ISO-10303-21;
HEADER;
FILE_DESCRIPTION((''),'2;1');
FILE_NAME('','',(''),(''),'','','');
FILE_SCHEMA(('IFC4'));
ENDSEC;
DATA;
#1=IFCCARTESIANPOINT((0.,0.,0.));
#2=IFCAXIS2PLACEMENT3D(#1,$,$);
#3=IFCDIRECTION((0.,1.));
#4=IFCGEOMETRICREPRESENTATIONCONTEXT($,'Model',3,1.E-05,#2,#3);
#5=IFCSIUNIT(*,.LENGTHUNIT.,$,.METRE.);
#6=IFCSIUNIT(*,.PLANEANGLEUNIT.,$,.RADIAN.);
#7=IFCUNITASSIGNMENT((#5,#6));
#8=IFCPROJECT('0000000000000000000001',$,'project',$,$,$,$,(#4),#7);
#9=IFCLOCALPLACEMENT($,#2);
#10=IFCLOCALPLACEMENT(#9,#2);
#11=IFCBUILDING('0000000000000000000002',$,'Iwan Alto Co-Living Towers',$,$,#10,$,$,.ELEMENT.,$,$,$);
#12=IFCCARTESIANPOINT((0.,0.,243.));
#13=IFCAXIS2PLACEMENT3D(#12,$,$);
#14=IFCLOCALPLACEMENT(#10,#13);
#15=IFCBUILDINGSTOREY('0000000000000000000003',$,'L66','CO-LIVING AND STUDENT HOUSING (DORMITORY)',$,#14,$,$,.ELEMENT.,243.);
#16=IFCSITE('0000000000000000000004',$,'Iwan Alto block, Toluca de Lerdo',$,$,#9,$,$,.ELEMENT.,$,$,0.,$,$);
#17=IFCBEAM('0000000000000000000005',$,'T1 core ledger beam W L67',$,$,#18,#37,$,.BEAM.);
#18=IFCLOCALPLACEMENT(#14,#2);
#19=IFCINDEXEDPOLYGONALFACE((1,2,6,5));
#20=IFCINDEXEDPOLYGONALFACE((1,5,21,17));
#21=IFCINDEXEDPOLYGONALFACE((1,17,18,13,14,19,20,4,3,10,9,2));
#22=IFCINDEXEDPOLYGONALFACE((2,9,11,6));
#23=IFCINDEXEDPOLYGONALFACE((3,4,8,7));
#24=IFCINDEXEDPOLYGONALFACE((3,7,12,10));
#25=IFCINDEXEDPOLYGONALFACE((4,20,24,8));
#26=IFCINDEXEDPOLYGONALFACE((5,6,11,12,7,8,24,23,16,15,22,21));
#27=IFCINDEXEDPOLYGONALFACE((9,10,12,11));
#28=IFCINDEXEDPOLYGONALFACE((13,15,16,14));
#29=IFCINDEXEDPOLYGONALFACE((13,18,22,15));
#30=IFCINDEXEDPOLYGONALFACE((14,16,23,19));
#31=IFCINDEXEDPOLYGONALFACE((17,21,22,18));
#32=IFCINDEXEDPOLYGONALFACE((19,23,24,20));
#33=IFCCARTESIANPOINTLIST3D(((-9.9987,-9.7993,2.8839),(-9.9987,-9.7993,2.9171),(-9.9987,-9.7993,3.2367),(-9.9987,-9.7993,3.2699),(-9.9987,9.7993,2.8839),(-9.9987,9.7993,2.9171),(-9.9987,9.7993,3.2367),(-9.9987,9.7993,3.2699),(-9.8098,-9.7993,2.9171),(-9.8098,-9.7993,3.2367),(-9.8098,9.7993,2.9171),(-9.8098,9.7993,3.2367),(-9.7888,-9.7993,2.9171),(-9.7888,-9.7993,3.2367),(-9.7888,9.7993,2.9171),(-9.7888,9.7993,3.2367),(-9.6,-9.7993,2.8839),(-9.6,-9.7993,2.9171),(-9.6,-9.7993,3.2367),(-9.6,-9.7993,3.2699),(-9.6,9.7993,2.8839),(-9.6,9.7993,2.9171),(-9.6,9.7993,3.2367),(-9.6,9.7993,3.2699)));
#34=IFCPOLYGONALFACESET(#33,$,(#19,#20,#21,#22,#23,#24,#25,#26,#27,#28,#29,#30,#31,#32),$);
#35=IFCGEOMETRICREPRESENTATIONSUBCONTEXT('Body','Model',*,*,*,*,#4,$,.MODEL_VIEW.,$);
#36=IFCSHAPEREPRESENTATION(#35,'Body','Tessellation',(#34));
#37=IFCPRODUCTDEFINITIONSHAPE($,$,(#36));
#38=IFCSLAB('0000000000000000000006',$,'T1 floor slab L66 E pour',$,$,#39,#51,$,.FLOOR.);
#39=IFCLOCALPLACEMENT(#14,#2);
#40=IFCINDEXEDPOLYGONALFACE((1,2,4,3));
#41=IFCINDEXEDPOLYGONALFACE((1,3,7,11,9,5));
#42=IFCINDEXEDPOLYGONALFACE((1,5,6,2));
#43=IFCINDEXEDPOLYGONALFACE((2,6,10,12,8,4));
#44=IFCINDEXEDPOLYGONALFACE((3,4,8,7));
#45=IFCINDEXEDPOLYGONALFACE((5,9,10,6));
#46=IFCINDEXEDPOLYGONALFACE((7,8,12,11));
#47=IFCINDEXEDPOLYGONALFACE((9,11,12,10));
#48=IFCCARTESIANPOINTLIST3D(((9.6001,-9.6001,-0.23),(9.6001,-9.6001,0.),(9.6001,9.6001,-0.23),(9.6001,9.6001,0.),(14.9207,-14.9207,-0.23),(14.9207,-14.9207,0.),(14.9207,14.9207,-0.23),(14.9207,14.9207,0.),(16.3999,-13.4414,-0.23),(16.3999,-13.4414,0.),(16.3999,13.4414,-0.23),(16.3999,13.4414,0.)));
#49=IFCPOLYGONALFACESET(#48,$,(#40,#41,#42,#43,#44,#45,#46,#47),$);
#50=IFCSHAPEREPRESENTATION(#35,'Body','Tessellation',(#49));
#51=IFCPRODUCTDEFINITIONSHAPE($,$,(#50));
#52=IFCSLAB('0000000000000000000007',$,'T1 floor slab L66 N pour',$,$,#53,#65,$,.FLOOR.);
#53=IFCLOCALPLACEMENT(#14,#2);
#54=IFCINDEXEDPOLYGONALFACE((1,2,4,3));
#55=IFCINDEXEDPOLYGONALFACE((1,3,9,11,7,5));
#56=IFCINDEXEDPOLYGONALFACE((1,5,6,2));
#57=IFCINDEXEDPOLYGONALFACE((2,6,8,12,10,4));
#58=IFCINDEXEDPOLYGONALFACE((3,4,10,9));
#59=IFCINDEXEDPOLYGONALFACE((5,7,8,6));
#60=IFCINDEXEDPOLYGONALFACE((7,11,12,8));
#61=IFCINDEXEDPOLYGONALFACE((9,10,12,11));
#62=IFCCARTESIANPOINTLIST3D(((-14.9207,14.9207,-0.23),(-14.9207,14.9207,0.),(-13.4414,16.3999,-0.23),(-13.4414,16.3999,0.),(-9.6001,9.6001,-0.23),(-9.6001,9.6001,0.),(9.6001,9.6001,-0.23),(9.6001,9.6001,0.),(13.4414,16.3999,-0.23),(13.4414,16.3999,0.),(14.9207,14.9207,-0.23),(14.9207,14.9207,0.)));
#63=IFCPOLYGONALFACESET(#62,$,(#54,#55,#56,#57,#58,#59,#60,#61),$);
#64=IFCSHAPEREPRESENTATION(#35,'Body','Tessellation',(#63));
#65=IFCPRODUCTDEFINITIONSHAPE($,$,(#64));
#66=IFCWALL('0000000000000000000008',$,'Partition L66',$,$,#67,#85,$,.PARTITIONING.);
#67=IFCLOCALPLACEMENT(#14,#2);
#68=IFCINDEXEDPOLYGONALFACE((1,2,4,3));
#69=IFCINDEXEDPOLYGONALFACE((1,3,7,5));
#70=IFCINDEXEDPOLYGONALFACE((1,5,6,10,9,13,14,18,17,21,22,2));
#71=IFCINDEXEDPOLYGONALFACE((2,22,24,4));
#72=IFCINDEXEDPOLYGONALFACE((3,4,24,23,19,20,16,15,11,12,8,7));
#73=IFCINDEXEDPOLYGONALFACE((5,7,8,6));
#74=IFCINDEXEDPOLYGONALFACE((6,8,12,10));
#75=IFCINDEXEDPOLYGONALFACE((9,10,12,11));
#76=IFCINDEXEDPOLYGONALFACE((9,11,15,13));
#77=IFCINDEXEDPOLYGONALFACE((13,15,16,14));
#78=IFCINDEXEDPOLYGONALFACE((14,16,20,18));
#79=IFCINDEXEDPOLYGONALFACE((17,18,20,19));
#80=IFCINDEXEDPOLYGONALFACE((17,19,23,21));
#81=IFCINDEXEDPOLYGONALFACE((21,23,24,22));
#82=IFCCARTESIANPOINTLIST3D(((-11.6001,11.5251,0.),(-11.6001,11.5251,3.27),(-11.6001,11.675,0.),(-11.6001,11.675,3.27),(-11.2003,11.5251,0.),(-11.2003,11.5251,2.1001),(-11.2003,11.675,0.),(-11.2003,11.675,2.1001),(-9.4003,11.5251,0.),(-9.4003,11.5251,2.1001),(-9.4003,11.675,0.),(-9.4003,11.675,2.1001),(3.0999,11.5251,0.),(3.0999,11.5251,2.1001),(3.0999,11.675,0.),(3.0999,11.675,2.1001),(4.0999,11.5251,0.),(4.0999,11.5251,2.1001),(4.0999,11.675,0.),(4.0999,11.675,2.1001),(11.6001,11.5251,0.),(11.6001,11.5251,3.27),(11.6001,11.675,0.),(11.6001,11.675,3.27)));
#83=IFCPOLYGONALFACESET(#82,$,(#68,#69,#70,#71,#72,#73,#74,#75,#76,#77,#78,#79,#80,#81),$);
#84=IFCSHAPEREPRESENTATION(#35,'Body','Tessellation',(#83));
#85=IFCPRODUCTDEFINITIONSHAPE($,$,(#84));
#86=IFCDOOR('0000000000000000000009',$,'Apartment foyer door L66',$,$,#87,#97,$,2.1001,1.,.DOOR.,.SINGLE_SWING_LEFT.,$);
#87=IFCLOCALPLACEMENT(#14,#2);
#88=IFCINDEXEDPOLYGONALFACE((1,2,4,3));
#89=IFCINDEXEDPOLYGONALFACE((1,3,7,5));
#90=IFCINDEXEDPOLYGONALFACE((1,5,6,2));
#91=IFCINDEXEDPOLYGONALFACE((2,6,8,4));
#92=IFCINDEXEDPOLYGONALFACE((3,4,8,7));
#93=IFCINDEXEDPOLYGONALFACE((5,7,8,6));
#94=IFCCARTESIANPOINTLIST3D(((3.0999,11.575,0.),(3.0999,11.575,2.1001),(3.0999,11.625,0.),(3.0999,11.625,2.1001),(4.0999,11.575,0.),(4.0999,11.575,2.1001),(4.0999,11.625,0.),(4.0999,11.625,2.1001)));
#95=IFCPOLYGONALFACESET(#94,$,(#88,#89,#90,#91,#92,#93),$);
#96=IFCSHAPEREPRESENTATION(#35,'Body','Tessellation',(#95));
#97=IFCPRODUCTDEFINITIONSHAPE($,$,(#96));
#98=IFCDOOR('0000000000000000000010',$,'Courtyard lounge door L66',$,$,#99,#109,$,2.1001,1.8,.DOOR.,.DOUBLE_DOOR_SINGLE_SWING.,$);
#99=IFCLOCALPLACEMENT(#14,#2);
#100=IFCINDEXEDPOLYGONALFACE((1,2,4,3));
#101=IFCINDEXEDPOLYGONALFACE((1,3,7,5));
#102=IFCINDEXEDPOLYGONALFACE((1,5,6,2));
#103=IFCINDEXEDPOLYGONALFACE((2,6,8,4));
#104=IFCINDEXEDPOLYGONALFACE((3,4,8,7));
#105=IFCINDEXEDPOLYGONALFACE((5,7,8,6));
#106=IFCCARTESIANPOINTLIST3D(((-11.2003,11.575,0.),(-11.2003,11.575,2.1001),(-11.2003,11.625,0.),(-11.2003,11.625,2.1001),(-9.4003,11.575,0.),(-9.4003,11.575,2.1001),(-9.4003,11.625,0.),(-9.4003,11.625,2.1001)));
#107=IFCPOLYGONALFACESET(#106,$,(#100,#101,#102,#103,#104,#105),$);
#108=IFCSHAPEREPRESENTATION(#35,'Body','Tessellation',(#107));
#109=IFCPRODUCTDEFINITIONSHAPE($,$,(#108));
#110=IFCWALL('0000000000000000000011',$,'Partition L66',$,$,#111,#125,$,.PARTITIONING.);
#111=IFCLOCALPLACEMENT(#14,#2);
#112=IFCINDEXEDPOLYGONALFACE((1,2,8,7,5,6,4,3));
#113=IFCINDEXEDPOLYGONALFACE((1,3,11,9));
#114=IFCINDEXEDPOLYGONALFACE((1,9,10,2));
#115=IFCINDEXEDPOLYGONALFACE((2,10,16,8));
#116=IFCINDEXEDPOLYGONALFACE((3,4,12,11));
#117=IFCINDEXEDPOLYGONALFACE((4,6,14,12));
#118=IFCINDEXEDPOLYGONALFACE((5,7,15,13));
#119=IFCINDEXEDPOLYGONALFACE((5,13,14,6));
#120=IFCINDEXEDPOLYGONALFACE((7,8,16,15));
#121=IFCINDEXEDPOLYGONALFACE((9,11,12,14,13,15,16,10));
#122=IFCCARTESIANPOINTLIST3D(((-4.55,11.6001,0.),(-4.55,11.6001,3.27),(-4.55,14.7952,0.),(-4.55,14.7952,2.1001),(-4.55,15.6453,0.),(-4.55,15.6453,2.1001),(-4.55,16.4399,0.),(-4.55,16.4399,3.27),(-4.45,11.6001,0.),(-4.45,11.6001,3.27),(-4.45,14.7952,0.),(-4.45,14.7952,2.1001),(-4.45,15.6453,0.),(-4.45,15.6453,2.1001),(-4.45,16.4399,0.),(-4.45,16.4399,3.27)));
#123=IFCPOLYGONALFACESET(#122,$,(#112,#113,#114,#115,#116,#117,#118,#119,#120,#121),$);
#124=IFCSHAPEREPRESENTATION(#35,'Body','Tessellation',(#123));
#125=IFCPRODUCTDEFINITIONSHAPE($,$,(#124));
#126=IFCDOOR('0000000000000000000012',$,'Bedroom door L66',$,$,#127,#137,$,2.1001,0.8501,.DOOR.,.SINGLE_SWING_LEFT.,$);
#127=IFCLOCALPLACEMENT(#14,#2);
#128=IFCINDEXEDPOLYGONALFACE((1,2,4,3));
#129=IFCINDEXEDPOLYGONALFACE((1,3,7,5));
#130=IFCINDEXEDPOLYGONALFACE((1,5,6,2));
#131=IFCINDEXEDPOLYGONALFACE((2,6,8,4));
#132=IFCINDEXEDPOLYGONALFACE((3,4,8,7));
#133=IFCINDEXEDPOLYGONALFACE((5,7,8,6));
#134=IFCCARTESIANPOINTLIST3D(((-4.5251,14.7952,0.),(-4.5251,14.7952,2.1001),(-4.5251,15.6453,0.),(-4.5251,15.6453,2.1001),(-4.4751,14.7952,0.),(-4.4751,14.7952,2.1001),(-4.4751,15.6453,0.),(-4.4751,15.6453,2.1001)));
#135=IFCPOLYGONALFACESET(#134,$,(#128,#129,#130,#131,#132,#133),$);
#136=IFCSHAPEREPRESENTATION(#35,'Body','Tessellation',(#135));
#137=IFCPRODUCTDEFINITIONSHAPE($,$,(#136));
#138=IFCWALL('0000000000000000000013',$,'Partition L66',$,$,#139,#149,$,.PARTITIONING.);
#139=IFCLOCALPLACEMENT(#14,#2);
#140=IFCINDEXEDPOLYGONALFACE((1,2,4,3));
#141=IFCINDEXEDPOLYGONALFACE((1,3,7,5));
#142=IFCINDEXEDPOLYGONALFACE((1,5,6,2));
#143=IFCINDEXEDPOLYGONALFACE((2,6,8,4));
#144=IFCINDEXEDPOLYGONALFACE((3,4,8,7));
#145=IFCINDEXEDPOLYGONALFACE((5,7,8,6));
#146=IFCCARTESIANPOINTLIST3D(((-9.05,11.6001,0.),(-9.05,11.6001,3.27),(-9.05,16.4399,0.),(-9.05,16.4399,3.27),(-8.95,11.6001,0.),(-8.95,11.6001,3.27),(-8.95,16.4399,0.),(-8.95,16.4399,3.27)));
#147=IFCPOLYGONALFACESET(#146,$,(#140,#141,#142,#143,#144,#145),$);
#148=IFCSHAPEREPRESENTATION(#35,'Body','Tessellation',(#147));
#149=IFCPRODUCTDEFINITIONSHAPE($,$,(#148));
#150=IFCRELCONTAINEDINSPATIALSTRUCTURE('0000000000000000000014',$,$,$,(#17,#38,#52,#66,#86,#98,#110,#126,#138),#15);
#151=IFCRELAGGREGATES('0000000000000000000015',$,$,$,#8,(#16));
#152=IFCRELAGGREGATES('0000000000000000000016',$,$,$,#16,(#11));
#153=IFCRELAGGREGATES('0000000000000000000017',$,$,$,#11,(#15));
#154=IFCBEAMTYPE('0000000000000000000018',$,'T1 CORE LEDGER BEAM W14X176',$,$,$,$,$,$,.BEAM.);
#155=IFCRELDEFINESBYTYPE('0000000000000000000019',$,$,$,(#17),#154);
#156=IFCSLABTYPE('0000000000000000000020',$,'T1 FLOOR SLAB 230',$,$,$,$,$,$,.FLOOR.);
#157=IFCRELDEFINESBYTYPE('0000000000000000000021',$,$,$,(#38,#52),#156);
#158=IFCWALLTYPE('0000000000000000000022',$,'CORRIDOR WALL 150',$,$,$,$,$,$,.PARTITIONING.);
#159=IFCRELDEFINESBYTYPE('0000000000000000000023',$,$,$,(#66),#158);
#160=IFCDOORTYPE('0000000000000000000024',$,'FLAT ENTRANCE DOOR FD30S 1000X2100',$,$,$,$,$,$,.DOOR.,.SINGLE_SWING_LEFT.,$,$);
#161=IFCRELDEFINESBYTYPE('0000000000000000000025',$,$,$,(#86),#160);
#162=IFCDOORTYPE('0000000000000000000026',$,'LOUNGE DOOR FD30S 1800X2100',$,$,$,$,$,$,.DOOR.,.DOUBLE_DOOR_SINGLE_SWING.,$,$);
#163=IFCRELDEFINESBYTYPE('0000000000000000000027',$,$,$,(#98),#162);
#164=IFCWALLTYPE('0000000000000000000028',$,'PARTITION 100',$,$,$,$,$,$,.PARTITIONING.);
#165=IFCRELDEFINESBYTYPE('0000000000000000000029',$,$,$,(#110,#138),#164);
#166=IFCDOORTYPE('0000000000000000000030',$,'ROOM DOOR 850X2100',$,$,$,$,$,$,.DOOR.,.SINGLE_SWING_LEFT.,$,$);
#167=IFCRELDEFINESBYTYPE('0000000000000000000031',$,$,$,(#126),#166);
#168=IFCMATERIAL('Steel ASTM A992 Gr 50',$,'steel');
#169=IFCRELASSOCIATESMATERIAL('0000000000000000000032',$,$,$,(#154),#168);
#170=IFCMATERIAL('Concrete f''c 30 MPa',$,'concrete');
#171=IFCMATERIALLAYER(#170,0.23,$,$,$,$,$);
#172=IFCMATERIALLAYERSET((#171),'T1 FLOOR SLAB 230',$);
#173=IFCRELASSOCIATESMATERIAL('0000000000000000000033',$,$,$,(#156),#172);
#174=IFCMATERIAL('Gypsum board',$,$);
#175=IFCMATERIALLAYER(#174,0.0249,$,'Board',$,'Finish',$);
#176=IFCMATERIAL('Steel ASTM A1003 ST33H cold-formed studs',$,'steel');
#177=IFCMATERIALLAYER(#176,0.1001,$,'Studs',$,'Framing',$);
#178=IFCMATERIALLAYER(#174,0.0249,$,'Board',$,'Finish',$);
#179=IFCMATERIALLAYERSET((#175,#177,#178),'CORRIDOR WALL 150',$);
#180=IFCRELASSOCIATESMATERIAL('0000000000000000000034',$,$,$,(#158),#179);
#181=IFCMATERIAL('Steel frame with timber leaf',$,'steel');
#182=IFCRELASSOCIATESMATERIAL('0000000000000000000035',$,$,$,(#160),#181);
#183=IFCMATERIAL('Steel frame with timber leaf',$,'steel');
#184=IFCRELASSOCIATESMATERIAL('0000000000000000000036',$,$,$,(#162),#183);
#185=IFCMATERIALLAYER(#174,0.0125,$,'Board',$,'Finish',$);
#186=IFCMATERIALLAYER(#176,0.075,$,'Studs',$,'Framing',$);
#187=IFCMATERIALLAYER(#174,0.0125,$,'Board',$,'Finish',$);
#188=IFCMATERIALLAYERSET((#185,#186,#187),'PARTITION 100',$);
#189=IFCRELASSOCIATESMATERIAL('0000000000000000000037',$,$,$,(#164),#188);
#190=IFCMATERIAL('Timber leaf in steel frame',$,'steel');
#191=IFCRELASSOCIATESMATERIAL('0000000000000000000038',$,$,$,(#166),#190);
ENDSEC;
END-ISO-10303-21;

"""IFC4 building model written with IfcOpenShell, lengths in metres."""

from ifc_helpers import new_model, si_unit, direction, frame, frame_2d, origin, origin_2d, place, context, subcontext, project, spatial, polyline, rectangle, i_section, outline, extrude, material, layer, layer_set, material_profile, profile_set, type_object, element, fill, save


model = new_model("IFC4")

# Units and contexts
model_context = context("Model", 3, precision=1e-05, world=origin(), true_north=direction((0.0, 1.0)))
body_context = subcontext(model_context, "Body", "Model", "MODEL_VIEW")
ifc_project = project(units=[si_unit("LENGTHUNIT", "METRE"), si_unit("PLANEANGLEUNIT", "RADIAN")], contexts=[model_context])

# Site, building, storey
site_placement = place(None, origin())
site = spatial("IfcSite", under=ifc_project, at=site_placement, Name="Iwan Alto block, Toluca de Lerdo", CompositionType="ELEMENT", RefElevation=0.0)
building_placement = place(site_placement, origin())
building = spatial("IfcBuilding", under=site, at=building_placement, Name="Iwan Alto Co-Living Towers", CompositionType="ELEMENT")
storey_placement = place(building_placement, frame((0.0, 0.0, 243.0)))
storey = spatial("IfcBuildingStorey", under=building, at=storey_placement, Name="L66", Description="CO-LIVING AND STUDENT HOUSING (DORMITORY)", CompositionType="ELEMENT", Elevation=243.0)

# Beam
ifc_material_1 = material(Name="Steel ASTM A992 Gr 50", Category="steel")
ifc_material_profile = material_profile(ifc_material_1, i_section(OverallWidth=0.3987, OverallDepth=0.386, WebThickness=0.021, FlangeThickness=0.0332, at=origin_2d()), Name="W14X176")
ifc_profile_set = profile_set([ifc_material_profile], Name="Steel ASTM A992 Gr 50")
beam_type = type_object("IfcBeamType", Name="T1 CORE LEDGER BEAM W14X176", PredefinedType="BEAM", material=ifc_profile_set)
beam_placement = place(storey_placement, frame((-9.7993, 9.7993, 3.0769), z_axis=(0.0, -1.0, 0.0), x_axis=(1.0, 0.0, 0.0)))
element("IfcBeam", 1, at=beam_placement, inside=storey, type_object=beam_type, Name="T1 core ledger beam W L67", PredefinedType="BEAM", context=body_context, shape_type="SweptSolid", body=[
    extrude(i_section(OverallWidth=0.3987, OverallDepth=0.386, WebThickness=0.021, FlangeThickness=0.0332, at=origin_2d()), origin(), (0.0, 0.0, 1.0), 19.5986),
])

# Slabs
ifc_material_2 = material(Name="Concrete f'c 30 MPa", Category="concrete")
ifc_layer_1 = layer(ifc_material_2, 0.23)
ifc_layer_set_1 = layer_set([ifc_layer_1], Name="T1 FLOOR SLAB 230")
slab_type = type_object("IfcSlabType", Name="T1 FLOOR SLAB 230", PredefinedType="FLOOR", material=ifc_layer_set_1)
slab_1_placement = place(storey_placement, frame((0.0, 0.0, -0.23)))
element("IfcSlab", 2, at=slab_1_placement, inside=storey, type_object=slab_type, Name="T1 floor slab L66 E pour", PredefinedType="FLOOR", context=body_context, shape_type="SweptSolid", body=[
    extrude(outline(polyline([(16.3999, 13.4414), (16.3999, -13.4414), (14.9207, -14.9207), (9.6001, -9.6001), (9.6001, 9.6001), (14.9207, 14.9207), (16.3999, 13.4414)])), origin(), (0.0, 0.0, 1.0), 0.23),
])
slab_2_placement = place(storey_placement, frame((0.0, 0.0, -0.23)))
element("IfcSlab", 3, at=slab_2_placement, inside=storey, type_object=slab_type, Name="T1 floor slab L66 N pour", PredefinedType="FLOOR", context=body_context, shape_type="SweptSolid", body=[
    extrude(outline(polyline([(-13.4414, 16.3999), (13.4414, 16.3999), (14.9207, 14.9207), (9.6001, 9.6001), (-9.6001, 9.6001), (-14.9207, 14.9207), (-13.4414, 16.3999)])), origin(), (0.0, 0.0, 1.0), 0.23),
])

# Wall, openings, doors
ifc_material_3 = material(Name="Gypsum board")
ifc_layer_2 = layer(ifc_material_3, 0.0249, Name="Board", Category="Finish")
ifc_material_4 = material(Name="Steel ASTM A1003 ST33H cold-formed studs", Category="steel")
ifc_layer_3 = layer(ifc_material_4, 0.1001, Name="Studs", Category="Framing")
ifc_layer_4 = layer(ifc_material_3, 0.0249, Name="Board", Category="Finish")
ifc_layer_set_2 = layer_set([ifc_layer_2, ifc_layer_3, ifc_layer_4], Name="CORRIDOR WALL 150")
wall_type_1 = type_object("IfcWallType", Name="CORRIDOR WALL 150", PredefinedType="PARTITIONING", material=ifc_layer_set_2)
wall_1_placement = place(storey_placement, frame((-11.6001, 11.6001, 0.0), z_axis=(0.0, 0.0, 1.0), x_axis=(1.0, 0.0, 0.0)))
wall_1 = element("IfcWall", 4, at=wall_1_placement, inside=storey, type_object=wall_type_1, Name="Partition L66", PredefinedType="PARTITIONING", context=body_context, shape_type="SweptSolid", body=[
    extrude(rectangle(XDim=23.2002, YDim=0.1499, at=frame_2d((11.6001, 0.0))), origin(), (0.0, 0.0, 1.0), 3.27),
])
opening_1_placement = place(wall_1_placement, frame((14.7, 0.0, 0.0)))
opening_1 = element("IfcOpeningElement", 5, at=opening_1_placement, cuts=wall_1, PredefinedType="OPENING", context=body_context, shape_type="SweptSolid", body=[
    extrude(rectangle(XDim=1.0, YDim=2.1001, at=frame_2d((0.5, 1.05))), frame((0.0, 0.085, 0.0), z_axis=(0.0, -1.0, 0.0), x_axis=(1.0, 0.0, 0.0)), (0.0, 0.0, 1.0), 0.1699),
])
opening_2_placement = place(wall_1_placement, frame((0.3999, 0.0, 0.0)))
opening_2 = element("IfcOpeningElement", 6, at=opening_2_placement, cuts=wall_1, PredefinedType="OPENING", context=body_context, shape_type="SweptSolid", body=[
    extrude(rectangle(XDim=1.8, YDim=2.1001, at=frame_2d((0.8999, 1.05))), frame((0.0, 0.085, 0.0), z_axis=(0.0, -1.0, 0.0), x_axis=(1.0, 0.0, 0.0)), (0.0, 0.0, 1.0), 0.1699),
])
ifc_material_5 = material(Name="Steel frame with timber leaf", Category="steel")
door_type_1 = type_object("IfcDoorType", Name="FLAT ENTRANCE DOOR FD30S 1000X2100", OperationType="SINGLE_SWING_LEFT", PredefinedType="DOOR", material=ifc_material_5)
door_1_placement = place(opening_1_placement, origin())
door_1 = element("IfcDoor", 7, at=door_1_placement, inside=storey, type_object=door_type_1, Name="Apartment foyer door L66", OperationType="SINGLE_SWING_LEFT", OverallHeight=2.1001, OverallWidth=1.0, PredefinedType="DOOR", context=body_context, shape_type="SweptSolid", body=[
    extrude(rectangle(XDim=1.0, YDim=2.1001, at=frame_2d((0.5, 1.05))), frame((0.0, 0.0249, 0.0), z_axis=(0.0, -1.0, 0.0), x_axis=(1.0, 0.0, 0.0)), (0.0, 0.0, 1.0), 0.05),
])
fill(opening_1, door_1)
ifc_material_6 = material(Name="Steel frame with timber leaf", Category="steel")
door_type_2 = type_object("IfcDoorType", Name="LOUNGE DOOR FD30S 1800X2100", OperationType="DOUBLE_DOOR_SINGLE_SWING", PredefinedType="DOOR", material=ifc_material_6)
door_2_placement = place(opening_2_placement, origin())
door_2 = element("IfcDoor", 8, at=door_2_placement, inside=storey, type_object=door_type_2, Name="Courtyard lounge door L66", OperationType="DOUBLE_DOOR_SINGLE_SWING", OverallHeight=2.1001, OverallWidth=1.8, PredefinedType="DOOR", context=body_context, shape_type="SweptSolid", body=[
    extrude(rectangle(XDim=1.8, YDim=2.1001, at=frame_2d((0.8999, 1.05))), frame((0.0, 0.0249, 0.0), z_axis=(0.0, -1.0, 0.0), x_axis=(1.0, 0.0, 0.0)), (0.0, 0.0, 1.0), 0.05),
])
fill(opening_2, door_2)

# Wall, opening, door
ifc_layer_5 = layer(ifc_material_3, 0.0125, Name="Board", Category="Finish")
ifc_layer_6 = layer(ifc_material_4, 0.075, Name="Studs", Category="Framing")
ifc_layer_7 = layer(ifc_material_3, 0.0125, Name="Board", Category="Finish")
ifc_layer_set_3 = layer_set([ifc_layer_5, ifc_layer_6, ifc_layer_7], Name="PARTITION 100")
wall_type_2 = type_object("IfcWallType", Name="PARTITION 100", PredefinedType="PARTITIONING", material=ifc_layer_set_3)
wall_2_placement = place(storey_placement, frame((-4.5, 11.6001, 0.0), z_axis=(0.0, 0.0, 1.0), x_axis=(0.0, 1.0, 0.0)))
wall_2 = element("IfcWall", 9, at=wall_2_placement, inside=storey, type_object=wall_type_2, Name="Partition L66", PredefinedType="PARTITIONING", context=body_context, shape_type="SweptSolid", body=[
    extrude(rectangle(XDim=4.8398, YDim=0.1001, at=frame_2d((2.4199, 0.0))), origin(), (0.0, 0.0, 1.0), 3.27),
])
opening_3_placement = place(wall_2_placement, frame((3.1951, 0.0, 0.0)))
opening_3 = element("IfcOpeningElement", 10, at=opening_3_placement, cuts=wall_2, PredefinedType="OPENING", context=body_context, shape_type="SweptSolid", body=[
    extrude(rectangle(XDim=0.8501, YDim=2.1001, at=frame_2d((0.425, 1.05))), frame((0.0, 0.0601, 0.0), z_axis=(0.0, -1.0, 0.0), x_axis=(1.0, 0.0, 0.0)), (0.0, 0.0, 1.0), 0.1201),
])
ifc_material_7 = material(Name="Timber leaf in steel frame", Category="steel")
door_type_3 = type_object("IfcDoorType", Name="ROOM DOOR 850X2100", OperationType="SINGLE_SWING_LEFT", PredefinedType="DOOR", material=ifc_material_7)
door_3_placement = place(opening_3_placement, frame((0.8501, 0.0, 0.0), z_axis=(0.0, 0.0, 1.0), x_axis=(-1.0, 0.0, 0.0)))
door_3 = element("IfcDoor", 11, at=door_3_placement, inside=storey, type_object=door_type_3, Name="Bedroom door L66", OperationType="SINGLE_SWING_LEFT", OverallHeight=2.1001, OverallWidth=0.8501, PredefinedType="DOOR", context=body_context, shape_type="SweptSolid", body=[
    extrude(rectangle(XDim=0.8501, YDim=2.1001, at=frame_2d((0.425, 1.05))), frame((0.0, 0.0249, 0.0), z_axis=(0.0, -1.0, 0.0), x_axis=(1.0, 0.0, 0.0)), (0.0, 0.0, 1.0), 0.05),
])
fill(opening_3, door_3)

# Wall
wall_3_placement = place(storey_placement, frame((-9.0, 11.6001, 0.0), z_axis=(0.0, 0.0, 1.0), x_axis=(0.0, 1.0, 0.0)))
element("IfcWall", 12, at=wall_3_placement, inside=storey, type_object=wall_type_2, Name="Partition L66", PredefinedType="PARTITIONING", context=body_context, shape_type="SweptSolid", body=[
    extrude(rectangle(XDim=4.8398, YDim=0.1001, at=frame_2d((2.4199, 0.0))), origin(), (0.0, 0.0, 1.0), 3.27),
])

save(model, "model.ifc")
